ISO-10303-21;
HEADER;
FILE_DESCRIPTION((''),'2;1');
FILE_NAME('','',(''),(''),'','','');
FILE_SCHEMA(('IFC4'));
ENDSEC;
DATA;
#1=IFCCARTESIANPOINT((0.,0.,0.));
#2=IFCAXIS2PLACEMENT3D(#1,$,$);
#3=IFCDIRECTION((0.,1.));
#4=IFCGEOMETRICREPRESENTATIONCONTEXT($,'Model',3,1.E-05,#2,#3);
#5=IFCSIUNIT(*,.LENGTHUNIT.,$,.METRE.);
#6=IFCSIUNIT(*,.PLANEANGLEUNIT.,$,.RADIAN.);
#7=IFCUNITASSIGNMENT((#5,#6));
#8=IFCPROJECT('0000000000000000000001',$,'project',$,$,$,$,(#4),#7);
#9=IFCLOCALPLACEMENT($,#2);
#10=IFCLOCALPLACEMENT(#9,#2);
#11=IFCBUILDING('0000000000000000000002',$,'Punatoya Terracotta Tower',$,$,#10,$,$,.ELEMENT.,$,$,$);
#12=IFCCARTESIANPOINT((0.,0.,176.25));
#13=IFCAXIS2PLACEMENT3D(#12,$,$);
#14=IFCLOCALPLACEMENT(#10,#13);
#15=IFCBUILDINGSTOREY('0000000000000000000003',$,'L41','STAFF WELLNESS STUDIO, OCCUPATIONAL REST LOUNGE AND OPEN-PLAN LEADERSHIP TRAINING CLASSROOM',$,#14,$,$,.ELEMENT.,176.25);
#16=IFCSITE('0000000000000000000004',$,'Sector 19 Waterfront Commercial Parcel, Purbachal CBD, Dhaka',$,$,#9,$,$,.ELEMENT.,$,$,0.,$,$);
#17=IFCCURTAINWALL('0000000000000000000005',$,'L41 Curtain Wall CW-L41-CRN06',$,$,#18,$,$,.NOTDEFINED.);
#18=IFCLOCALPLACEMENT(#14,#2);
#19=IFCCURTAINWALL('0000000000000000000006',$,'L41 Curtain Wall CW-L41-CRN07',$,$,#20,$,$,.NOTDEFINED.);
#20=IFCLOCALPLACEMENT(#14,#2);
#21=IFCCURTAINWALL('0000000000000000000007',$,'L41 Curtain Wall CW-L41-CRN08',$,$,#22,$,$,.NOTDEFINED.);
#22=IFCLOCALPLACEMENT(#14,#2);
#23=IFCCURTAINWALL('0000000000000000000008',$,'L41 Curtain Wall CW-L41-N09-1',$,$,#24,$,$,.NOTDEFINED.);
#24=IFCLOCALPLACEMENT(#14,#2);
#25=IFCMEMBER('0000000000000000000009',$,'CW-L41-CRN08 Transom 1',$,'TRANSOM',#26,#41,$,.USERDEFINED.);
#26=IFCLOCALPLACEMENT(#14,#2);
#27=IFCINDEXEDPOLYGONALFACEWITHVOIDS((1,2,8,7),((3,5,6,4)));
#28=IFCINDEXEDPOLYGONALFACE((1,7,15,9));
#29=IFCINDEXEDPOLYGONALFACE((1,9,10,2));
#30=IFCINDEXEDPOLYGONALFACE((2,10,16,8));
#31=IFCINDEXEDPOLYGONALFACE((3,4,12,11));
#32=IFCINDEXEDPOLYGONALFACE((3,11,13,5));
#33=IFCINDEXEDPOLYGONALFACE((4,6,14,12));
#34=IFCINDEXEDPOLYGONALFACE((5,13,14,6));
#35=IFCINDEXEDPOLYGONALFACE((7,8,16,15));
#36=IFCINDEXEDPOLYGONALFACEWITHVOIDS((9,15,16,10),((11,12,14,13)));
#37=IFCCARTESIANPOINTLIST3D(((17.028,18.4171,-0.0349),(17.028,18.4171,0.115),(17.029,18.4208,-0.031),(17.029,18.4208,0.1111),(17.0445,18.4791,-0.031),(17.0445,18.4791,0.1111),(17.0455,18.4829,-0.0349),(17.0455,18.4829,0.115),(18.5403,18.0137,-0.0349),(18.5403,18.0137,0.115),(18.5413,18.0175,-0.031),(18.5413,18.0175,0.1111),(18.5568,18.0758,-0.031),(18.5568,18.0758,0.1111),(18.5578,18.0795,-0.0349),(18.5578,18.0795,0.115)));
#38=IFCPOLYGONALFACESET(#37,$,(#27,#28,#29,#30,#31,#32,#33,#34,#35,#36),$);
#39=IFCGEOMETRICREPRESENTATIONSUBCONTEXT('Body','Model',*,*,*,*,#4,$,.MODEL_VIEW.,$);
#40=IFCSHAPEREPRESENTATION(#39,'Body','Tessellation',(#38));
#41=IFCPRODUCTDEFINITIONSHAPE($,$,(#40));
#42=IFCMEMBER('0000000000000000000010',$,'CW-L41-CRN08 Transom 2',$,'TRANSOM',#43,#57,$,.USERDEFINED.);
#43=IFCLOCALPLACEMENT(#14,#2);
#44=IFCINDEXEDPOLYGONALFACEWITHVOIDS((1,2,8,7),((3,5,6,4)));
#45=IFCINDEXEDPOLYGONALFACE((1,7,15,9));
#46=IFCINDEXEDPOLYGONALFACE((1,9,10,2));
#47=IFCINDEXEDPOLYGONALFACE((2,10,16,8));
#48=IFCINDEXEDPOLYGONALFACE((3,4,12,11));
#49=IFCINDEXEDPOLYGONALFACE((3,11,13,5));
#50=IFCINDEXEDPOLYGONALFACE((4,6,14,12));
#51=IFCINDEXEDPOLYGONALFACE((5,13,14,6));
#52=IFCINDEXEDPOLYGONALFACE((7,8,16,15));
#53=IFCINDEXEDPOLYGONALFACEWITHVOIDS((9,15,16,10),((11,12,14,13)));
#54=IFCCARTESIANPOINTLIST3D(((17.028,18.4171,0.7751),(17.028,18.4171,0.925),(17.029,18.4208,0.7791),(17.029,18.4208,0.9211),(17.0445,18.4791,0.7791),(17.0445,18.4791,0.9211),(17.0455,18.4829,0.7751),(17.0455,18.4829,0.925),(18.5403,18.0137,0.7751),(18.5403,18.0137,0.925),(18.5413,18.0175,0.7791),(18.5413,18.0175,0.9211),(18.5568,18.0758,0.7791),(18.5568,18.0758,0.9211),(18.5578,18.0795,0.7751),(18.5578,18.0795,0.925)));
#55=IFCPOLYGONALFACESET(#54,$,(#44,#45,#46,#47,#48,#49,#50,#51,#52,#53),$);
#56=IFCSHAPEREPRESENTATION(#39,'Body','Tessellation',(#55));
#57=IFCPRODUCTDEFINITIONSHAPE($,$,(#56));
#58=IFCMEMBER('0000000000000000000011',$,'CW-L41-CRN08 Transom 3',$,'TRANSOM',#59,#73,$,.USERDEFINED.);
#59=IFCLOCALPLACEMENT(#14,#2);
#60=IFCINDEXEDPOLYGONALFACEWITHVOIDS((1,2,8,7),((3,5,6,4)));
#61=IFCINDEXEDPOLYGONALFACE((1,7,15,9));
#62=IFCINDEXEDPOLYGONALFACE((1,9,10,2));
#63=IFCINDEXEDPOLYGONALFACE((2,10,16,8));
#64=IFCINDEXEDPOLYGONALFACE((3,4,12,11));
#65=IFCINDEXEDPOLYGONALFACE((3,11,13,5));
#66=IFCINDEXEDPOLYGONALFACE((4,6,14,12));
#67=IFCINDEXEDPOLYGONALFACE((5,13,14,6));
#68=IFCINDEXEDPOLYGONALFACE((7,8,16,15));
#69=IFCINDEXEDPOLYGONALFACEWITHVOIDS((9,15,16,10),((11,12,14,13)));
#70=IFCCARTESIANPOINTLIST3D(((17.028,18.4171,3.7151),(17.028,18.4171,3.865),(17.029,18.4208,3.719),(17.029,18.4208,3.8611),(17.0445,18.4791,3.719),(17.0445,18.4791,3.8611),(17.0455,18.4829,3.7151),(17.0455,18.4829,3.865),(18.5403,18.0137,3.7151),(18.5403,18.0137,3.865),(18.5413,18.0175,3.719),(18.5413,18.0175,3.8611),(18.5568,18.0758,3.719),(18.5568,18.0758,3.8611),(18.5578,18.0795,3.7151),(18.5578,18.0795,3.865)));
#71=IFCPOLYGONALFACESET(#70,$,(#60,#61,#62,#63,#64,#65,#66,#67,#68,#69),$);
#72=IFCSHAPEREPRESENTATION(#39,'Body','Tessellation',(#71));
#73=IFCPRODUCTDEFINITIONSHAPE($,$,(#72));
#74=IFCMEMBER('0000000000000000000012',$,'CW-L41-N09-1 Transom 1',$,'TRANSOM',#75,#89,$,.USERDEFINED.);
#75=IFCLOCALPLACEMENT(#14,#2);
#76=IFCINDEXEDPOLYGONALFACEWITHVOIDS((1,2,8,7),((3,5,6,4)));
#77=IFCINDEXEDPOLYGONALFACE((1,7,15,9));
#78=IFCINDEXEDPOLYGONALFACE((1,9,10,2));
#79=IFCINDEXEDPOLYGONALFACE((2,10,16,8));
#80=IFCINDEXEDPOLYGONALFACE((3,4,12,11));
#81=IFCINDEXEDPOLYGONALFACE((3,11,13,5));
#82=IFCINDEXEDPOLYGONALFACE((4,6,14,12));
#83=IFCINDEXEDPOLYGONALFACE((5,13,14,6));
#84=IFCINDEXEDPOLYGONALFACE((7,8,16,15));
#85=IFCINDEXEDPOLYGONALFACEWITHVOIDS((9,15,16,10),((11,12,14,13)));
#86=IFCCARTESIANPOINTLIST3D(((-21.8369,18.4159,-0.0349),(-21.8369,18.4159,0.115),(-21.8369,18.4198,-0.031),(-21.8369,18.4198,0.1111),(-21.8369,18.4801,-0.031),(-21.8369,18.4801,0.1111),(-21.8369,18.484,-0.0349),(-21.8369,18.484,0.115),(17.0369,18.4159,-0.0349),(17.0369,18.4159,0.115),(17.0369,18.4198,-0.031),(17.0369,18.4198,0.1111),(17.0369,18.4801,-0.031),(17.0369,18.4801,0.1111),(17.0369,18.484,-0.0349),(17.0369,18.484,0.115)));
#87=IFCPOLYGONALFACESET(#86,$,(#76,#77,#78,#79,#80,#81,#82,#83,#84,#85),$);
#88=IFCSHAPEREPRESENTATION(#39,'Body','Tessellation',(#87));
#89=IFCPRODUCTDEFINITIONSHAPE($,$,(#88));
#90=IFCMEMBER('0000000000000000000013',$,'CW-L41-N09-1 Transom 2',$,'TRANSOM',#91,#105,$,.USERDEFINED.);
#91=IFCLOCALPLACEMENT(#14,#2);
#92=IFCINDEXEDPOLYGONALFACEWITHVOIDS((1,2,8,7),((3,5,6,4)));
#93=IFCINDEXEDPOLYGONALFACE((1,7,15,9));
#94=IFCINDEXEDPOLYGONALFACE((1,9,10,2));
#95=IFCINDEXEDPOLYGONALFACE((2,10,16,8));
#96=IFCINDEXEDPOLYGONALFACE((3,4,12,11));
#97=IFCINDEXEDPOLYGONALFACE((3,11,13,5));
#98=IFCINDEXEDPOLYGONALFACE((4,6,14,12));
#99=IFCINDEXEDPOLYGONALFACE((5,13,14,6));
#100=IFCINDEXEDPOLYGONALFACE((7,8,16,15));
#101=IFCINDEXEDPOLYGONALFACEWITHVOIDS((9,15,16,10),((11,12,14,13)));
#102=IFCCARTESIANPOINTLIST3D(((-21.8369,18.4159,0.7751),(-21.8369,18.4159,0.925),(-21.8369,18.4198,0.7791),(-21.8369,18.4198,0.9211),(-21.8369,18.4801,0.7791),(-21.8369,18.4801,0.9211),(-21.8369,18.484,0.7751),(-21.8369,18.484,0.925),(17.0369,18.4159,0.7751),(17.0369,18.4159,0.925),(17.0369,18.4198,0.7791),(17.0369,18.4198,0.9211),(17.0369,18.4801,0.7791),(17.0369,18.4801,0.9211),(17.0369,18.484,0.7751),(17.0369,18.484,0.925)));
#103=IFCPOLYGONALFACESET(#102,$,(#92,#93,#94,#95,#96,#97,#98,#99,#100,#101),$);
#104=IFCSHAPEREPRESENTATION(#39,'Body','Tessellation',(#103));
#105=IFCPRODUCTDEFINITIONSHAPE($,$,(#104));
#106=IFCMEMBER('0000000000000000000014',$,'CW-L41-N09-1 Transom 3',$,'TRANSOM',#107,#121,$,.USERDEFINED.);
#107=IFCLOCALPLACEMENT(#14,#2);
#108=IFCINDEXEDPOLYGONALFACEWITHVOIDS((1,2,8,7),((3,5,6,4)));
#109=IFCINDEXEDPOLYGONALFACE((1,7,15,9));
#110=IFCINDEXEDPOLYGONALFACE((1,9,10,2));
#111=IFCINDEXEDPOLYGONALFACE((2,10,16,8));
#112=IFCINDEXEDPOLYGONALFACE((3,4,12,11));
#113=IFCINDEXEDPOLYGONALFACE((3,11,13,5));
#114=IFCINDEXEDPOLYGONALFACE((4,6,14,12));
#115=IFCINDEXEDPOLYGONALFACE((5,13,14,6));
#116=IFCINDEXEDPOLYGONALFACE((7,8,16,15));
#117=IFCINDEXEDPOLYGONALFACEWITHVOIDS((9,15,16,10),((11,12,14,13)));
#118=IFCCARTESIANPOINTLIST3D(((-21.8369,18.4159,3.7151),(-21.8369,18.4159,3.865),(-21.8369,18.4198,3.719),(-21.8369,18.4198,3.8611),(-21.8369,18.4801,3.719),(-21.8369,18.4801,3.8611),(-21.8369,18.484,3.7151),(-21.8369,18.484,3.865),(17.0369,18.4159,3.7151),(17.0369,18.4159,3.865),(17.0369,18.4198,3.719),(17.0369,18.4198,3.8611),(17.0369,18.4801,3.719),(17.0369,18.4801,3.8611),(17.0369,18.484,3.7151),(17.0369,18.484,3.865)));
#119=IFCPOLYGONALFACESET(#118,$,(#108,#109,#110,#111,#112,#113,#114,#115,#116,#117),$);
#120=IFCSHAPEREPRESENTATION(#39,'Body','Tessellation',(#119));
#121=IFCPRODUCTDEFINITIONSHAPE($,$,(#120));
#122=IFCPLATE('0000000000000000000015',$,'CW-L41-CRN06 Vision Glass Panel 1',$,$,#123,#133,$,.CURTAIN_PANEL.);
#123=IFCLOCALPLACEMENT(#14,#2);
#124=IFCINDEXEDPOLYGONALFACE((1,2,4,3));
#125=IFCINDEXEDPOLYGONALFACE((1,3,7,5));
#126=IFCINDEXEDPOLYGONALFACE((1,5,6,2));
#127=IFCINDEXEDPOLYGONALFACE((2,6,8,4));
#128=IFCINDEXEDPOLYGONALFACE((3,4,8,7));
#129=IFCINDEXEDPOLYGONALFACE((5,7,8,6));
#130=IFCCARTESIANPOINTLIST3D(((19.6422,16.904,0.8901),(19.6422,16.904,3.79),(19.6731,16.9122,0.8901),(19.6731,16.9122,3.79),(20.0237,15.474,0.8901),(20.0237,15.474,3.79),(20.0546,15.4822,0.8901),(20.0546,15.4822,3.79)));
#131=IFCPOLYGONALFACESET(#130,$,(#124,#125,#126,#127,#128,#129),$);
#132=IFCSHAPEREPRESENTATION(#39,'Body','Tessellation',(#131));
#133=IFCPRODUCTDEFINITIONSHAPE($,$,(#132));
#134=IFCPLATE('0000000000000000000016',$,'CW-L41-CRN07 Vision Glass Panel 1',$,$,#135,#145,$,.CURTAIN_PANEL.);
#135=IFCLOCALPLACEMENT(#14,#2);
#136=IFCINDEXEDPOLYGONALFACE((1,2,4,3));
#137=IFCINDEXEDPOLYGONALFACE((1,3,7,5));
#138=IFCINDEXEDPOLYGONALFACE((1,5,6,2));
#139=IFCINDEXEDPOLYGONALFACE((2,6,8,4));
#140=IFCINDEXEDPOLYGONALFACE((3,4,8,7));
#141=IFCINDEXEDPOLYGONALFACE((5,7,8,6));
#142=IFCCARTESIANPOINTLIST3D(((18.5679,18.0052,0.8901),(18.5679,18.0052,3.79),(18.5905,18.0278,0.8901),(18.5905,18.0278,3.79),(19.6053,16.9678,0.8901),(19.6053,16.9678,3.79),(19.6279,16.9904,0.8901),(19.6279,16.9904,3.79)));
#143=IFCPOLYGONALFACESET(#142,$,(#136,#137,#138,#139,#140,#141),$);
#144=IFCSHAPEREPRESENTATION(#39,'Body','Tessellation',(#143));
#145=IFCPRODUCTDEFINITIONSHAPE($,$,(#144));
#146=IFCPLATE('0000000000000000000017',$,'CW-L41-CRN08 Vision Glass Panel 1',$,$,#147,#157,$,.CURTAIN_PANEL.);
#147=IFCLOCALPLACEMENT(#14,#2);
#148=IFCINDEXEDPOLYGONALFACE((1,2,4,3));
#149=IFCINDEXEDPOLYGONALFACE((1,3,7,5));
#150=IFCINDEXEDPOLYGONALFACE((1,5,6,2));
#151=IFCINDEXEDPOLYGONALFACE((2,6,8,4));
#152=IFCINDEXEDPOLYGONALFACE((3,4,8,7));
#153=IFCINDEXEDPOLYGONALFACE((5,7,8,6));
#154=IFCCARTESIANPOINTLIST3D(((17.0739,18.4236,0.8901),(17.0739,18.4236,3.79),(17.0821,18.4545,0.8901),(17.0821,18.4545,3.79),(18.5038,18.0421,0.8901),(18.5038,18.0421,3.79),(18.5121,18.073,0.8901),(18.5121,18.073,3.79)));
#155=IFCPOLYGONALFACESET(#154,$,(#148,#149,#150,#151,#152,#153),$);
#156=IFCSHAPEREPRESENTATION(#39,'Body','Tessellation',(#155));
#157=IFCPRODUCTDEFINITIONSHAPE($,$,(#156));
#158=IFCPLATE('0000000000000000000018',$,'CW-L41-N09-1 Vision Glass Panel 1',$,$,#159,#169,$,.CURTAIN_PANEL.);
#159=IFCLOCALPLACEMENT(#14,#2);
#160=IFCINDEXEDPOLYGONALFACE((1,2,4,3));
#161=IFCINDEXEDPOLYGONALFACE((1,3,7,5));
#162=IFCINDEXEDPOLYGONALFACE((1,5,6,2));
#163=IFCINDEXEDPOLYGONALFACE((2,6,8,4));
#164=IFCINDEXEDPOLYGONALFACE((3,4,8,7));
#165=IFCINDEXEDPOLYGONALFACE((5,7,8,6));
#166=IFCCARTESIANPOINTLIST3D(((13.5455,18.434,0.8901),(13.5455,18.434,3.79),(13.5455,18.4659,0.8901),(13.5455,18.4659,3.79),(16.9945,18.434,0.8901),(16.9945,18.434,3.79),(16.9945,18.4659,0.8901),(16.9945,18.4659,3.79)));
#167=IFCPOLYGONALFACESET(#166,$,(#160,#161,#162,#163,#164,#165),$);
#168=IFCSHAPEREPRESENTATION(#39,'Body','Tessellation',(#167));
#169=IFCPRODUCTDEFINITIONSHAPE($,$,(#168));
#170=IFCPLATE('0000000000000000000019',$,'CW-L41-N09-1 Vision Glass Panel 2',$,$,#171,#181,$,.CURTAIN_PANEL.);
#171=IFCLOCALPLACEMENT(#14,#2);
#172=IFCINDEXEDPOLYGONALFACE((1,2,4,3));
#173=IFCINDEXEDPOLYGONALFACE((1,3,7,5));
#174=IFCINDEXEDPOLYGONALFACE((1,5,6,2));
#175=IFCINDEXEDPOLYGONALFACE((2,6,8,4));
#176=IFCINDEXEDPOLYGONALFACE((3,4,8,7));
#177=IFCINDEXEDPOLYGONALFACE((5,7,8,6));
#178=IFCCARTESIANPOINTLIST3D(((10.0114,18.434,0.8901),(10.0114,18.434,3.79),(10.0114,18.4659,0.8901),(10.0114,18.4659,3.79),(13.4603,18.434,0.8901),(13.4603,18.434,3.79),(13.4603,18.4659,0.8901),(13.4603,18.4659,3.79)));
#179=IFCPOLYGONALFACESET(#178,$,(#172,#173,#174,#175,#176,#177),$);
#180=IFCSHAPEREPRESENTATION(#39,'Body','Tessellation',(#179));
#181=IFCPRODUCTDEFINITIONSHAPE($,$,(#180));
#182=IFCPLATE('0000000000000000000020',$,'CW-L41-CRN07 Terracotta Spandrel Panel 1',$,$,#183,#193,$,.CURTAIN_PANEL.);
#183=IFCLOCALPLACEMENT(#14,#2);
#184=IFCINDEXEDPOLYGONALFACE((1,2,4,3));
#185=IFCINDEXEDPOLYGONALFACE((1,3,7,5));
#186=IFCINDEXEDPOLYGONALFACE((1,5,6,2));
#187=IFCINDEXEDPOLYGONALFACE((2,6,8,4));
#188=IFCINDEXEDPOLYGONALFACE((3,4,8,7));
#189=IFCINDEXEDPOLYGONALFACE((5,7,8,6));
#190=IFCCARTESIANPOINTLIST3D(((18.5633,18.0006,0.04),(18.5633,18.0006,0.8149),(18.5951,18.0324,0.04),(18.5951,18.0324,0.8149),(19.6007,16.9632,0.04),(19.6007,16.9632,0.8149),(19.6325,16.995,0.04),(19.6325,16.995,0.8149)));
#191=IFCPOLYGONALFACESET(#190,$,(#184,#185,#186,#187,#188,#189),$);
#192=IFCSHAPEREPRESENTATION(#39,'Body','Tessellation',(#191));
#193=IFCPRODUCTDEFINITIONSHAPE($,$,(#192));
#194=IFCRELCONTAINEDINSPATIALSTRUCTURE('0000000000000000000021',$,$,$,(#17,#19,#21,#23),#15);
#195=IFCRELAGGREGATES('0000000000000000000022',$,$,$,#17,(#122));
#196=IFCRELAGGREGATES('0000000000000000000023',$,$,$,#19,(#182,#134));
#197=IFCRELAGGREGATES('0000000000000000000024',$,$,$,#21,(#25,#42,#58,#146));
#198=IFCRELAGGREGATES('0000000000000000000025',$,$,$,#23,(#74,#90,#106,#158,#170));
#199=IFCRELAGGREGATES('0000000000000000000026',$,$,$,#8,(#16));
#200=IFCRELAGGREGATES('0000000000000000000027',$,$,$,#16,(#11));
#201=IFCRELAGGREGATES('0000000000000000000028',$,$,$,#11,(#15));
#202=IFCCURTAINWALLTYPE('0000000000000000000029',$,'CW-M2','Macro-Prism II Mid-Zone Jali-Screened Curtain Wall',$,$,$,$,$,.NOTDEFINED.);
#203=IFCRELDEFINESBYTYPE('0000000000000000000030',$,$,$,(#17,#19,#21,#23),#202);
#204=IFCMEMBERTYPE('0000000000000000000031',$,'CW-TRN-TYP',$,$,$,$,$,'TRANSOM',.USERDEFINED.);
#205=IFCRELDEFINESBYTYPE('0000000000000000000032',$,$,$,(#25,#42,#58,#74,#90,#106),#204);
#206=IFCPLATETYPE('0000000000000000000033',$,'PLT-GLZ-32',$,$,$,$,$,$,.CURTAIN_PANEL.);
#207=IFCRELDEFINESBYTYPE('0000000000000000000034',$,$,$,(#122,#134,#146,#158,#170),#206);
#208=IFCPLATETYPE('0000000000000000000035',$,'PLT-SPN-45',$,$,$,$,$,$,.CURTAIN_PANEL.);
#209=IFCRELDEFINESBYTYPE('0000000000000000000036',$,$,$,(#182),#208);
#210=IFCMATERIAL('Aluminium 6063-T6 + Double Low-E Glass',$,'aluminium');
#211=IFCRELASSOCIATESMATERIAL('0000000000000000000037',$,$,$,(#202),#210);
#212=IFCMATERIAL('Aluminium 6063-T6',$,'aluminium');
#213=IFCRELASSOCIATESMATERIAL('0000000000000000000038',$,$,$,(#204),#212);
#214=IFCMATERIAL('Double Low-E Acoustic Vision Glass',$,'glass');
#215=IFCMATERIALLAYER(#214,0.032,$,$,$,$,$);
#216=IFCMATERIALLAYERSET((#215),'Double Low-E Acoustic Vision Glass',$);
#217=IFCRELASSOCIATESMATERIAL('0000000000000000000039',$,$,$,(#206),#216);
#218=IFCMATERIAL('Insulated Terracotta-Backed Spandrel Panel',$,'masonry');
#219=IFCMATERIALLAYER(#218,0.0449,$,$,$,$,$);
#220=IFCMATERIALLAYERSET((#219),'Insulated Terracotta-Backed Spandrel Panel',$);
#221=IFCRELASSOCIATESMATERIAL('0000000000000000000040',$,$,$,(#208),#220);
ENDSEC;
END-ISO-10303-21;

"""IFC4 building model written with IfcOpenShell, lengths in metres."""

from ifc_helpers import new_model, si_unit, direction, frame, origin, origin_2d, place, context, subcontext, project, spatial, rectangle, hollow_rectangle, extrude, material, layer, layer_set, material_profile, profile_set, type_object, element, aggregate, save


model = new_model("IFC4")

# Units and contexts
model_context = context("Model", 3, precision=1e-05, world=origin(), true_north=direction((0.0, 1.0)))
body_context = subcontext(model_context, "Body", "Model", "MODEL_VIEW")
ifc_project = project(units=[si_unit("LENGTHUNIT", "METRE"), si_unit("PLANEANGLEUNIT", "RADIAN")], contexts=[model_context])

# Site, building, storey
site_placement = place(None, origin())
site = spatial("IfcSite", under=ifc_project, at=site_placement, Name="Sector 19 Waterfront Commercial Parcel, Purbachal CBD, Dhaka", CompositionType="ELEMENT", RefElevation=0.0)
building_placement = place(site_placement, origin())
building = spatial("IfcBuilding", under=site, at=building_placement, Name="Punatoya Terracotta Tower", CompositionType="ELEMENT")
storey_placement = place(building_placement, frame((0.0, 0.0, 176.25)))
storey = spatial("IfcBuildingStorey", under=building, at=storey_placement, Name="L41", Description="STAFF WELLNESS STUDIO, OCCUPATIONAL REST LOUNGE AND OPEN-PLAN LEADERSHIP TRAINING CLASSROOM", CompositionType="ELEMENT", Elevation=176.25)

# Curtain wall
ifc_material_1 = material(Name="Aluminium 6063-T6 + Double Low-E Glass", Category="aluminium")
curtain_wall_type = type_object("IfcCurtainWallType", Name="CW-M2", Description="Macro-Prism II Mid-Zone Jali-Screened Curtain Wall", PredefinedType="NOTDEFINED", material=ifc_material_1)
curtain_wall_1_placement = place(storey_placement, origin())
curtain_wall_1 = element("IfcCurtainWall", 1, at=curtain_wall_1_placement, inside=storey, type_object=curtain_wall_type, Name="L41 Curtain Wall CW-L41-CRN06", PredefinedType="NOTDEFINED")
ifc_material_2 = material(Name="Aluminium 6063-T6", Category="aluminium")

# Curtain walls
curtain_wall_2_placement = place(storey_placement, origin())
curtain_wall_2 = element("IfcCurtainWall", 2, at=curtain_wall_2_placement, inside=storey, type_object=curtain_wall_type, Name="L41 Curtain Wall CW-L41-CRN07", PredefinedType="NOTDEFINED")
curtain_wall_3_placement = place(storey_placement, origin())
curtain_wall_3 = element("IfcCurtainWall", 3, at=curtain_wall_3_placement, inside=storey, type_object=curtain_wall_type, Name="L41 Curtain Wall CW-L41-CRN08", PredefinedType="NOTDEFINED")
curtain_wall_4_placement = place(storey_placement, origin())
curtain_wall_4 = element("IfcCurtainWall", 4, at=curtain_wall_4_placement, inside=storey, type_object=curtain_wall_type, Name="L41 Curtain Wall CW-L41-N09-1", PredefinedType="NOTDEFINED")

# Members
ifc_material_profile_1 = material_profile(ifc_material_2, hollow_rectangle(XDim=0.0681, YDim=0.1499, WallThickness=0.0039, at=origin_2d()))
ifc_profile_set_1 = profile_set([ifc_material_profile_1], Name="Aluminium 6063-T6")
member_type_1 = type_object("IfcMemberType", Name="CW-TRN-TYP", ElementType="TRANSOM", PredefinedType="USERDEFINED", material=ifc_profile_set_1)
member_1_placement = place(storey_placement, frame((18.5491, 18.0466, 0.04), z_axis=(-0.966225, 0.257701, 0.0), x_axis=(-0.257701, -0.966225, 0.0)))
member_1 = element("IfcMember", 5, at=member_1_placement, type_object=member_type_1, Name="CW-L41-CRN08 Transom 1", ObjectType="TRANSOM", PredefinedType="USERDEFINED", context=body_context, shape_type="SweptSolid", body=[
    extrude(hollow_rectangle(XDim=0.0681, YDim=0.1499, WallThickness=0.0039, at=origin_2d()), origin(), (0.0, 0.0, 1.0), 1.5652),
])
member_2_placement = place(storey_placement, frame((18.5491, 18.0466, 0.8501), z_axis=(-0.966225, 0.257701, 0.0), x_axis=(-0.257701, -0.966225, 0.0)))
member_2 = element("IfcMember", 6, at=member_2_placement, type_object=member_type_1, Name="CW-L41-CRN08 Transom 2", ObjectType="TRANSOM", PredefinedType="USERDEFINED", context=body_context, shape_type="SweptSolid", body=[
    extrude(hollow_rectangle(XDim=0.0681, YDim=0.1499, WallThickness=0.0039, at=origin_2d()), origin(), (0.0, 0.0, 1.0), 1.5652),
])
member_3_placement = place(storey_placement, frame((18.5491, 18.0466, 3.79), z_axis=(-0.966225, 0.257701, 0.0), x_axis=(-0.257701, -0.966225, 0.0)))
member_3 = element("IfcMember", 7, at=member_3_placement, type_object=member_type_1, Name="CW-L41-CRN08 Transom 3", ObjectType="TRANSOM", PredefinedType="USERDEFINED", context=body_context, shape_type="SweptSolid", body=[
    extrude(hollow_rectangle(XDim=0.0681, YDim=0.1499, WallThickness=0.0039, at=origin_2d()), origin(), (0.0, 0.0, 1.0), 1.5652),
])
member_4_placement = place(storey_placement, frame((17.0369, 18.45, 0.04), z_axis=(-1.0, 0.0, 0.0), x_axis=(0.0, -1.0, 0.0)))
member_4 = element("IfcMember", 8, at=member_4_placement, type_object=member_type_1, Name="CW-L41-N09-1 Transom 1", ObjectType="TRANSOM", PredefinedType="USERDEFINED", context=body_context, shape_type="SweptSolid", body=[
    extrude(hollow_rectangle(XDim=0.0681, YDim=0.1499, WallThickness=0.0039, at=origin_2d()), origin(), (0.0, 0.0, 1.0), 38.8738),
])
member_5_placement = place(storey_placement, frame((17.0369, 18.45, 0.8501), z_axis=(-1.0, 0.0, 0.0), x_axis=(0.0, -1.0, 0.0)))
member_5 = element("IfcMember", 9, at=member_5_placement, type_object=member_type_1, Name="CW-L41-N09-1 Transom 2", ObjectType="TRANSOM", PredefinedType="USERDEFINED", context=body_context, shape_type="SweptSolid", body=[
    extrude(hollow_rectangle(XDim=0.0681, YDim=0.1499, WallThickness=0.0039, at=origin_2d()), origin(), (0.0, 0.0, 1.0), 38.8738),
])
member_6_placement = place(storey_placement, frame((17.0369, 18.45, 3.79), z_axis=(-1.0, 0.0, 0.0), x_axis=(0.0, -1.0, 0.0)))
member_6 = element("IfcMember", 10, at=member_6_placement, type_object=member_type_1, Name="CW-L41-N09-1 Transom 3", ObjectType="TRANSOM", PredefinedType="USERDEFINED", context=body_context, shape_type="SweptSolid", body=[
    extrude(hollow_rectangle(XDim=0.0681, YDim=0.1499, WallThickness=0.0039, at=origin_2d()), origin(), (0.0, 0.0, 1.0), 38.8738),
])

# Plates
ifc_material_3 = material(Name="Double Low-E Acoustic Vision Glass", Category="glass")
ifc_layer_1 = layer(ifc_material_3, 0.032)
ifc_layer_set_1 = layer_set([ifc_layer_1], Name="Double Low-E Acoustic Vision Glass")
plate_type_1 = type_object("IfcPlateType", Name="PLT-GLZ-32", PredefinedType="CURTAIN_PANEL", material=ifc_layer_set_1)
plate_1_placement = place(storey_placement, frame((19.8484, 16.1931, 0.8901), z_axis=(0.0, 0.0, 1.0), x_axis=(-0.257742, 0.966214, 0.0)))
plate_1 = element("IfcPlate", 11, at=plate_1_placement, type_object=plate_type_1, Name="CW-L41-CRN06 Vision Glass Panel 1", PredefinedType="CURTAIN_PANEL", context=body_context, shape_type="SweptSolid", body=[
    extrude(rectangle(XDim=1.48, YDim=0.032, at=origin_2d()), origin(), (0.0, 0.0, 1.0), 2.8999),
])
aggregate(curtain_wall_1, [plate_1])
plate_2_placement = place(storey_placement, frame((19.0979, 17.4978, 0.8901), z_axis=(0.0, 0.0, 1.0), x_axis=(-0.707107, 0.707107, 0.0)))
plate_2 = element("IfcPlate", 12, at=plate_2_placement, type_object=plate_type_1, Name="CW-L41-CRN07 Vision Glass Panel 1", PredefinedType="CURTAIN_PANEL", context=body_context, shape_type="SweptSolid", body=[
    extrude(rectangle(XDim=1.467, YDim=0.032, at=origin_2d()), origin(), (0.0, 0.0, 1.0), 2.8999),
])
plate_3_placement = place(storey_placement, frame((17.793, 18.2483, 0.8901), z_axis=(0.0, 0.0, 1.0), x_axis=(-0.966214, 0.257742, 0.0)))
plate_3 = element("IfcPlate", 13, at=plate_3_placement, type_object=plate_type_1, Name="CW-L41-CRN08 Vision Glass Panel 1", PredefinedType="CURTAIN_PANEL", context=body_context, shape_type="SweptSolid", body=[
    extrude(rectangle(XDim=1.48, YDim=0.032, at=origin_2d()), origin(), (0.0, 0.0, 1.0), 2.8999),
])
plate_4_placement = place(storey_placement, frame((15.27, 18.45, 0.8901), z_axis=(0.0, 0.0, 1.0), x_axis=(-1.0, 0.0, 0.0)))
plate_4 = element("IfcPlate", 14, at=plate_4_placement, type_object=plate_type_1, Name="CW-L41-N09-1 Vision Glass Panel 1", PredefinedType="CURTAIN_PANEL", context=body_context, shape_type="SweptSolid", body=[
    extrude(rectangle(XDim=3.449, YDim=0.032, at=origin_2d()), origin(), (0.0, 0.0, 1.0), 2.8999),
])
plate_5_placement = place(storey_placement, frame((11.7358, 18.45, 0.8901), z_axis=(0.0, 0.0, 1.0), x_axis=(-1.0, 0.0, 0.0)))
plate_5 = element("IfcPlate", 15, at=plate_5_placement, type_object=plate_type_1, Name="CW-L41-N09-1 Vision Glass Panel 2", PredefinedType="CURTAIN_PANEL", context=body_context, shape_type="SweptSolid", body=[
    extrude(rectangle(XDim=3.449, YDim=0.032, at=origin_2d()), origin(), (0.0, 0.0, 1.0), 2.8999),
])
ifc_material_4 = material(Name="Insulated Terracotta-Backed Spandrel Panel", Category="masonry")
ifc_layer_2 = layer(ifc_material_4, 0.0449)
ifc_layer_set_2 = layer_set([ifc_layer_2], Name="Insulated Terracotta-Backed Spandrel Panel")
plate_type_2 = type_object("IfcPlateType", Name="PLT-SPN-45", PredefinedType="CURTAIN_PANEL", material=ifc_layer_set_2)
plate_6_placement = place(storey_placement, frame((19.0979, 17.4978, 0.04), z_axis=(0.0, 0.0, 1.0), x_axis=(-0.707107, 0.707107, 0.0)))
plate_6 = element("IfcPlate", 16, at=plate_6_placement, type_object=plate_type_2, Name="CW-L41-CRN07 Terracotta Spandrel Panel 1", PredefinedType="CURTAIN_PANEL", context=body_context, shape_type="SweptSolid", body=[
    extrude(rectangle(XDim=1.467, YDim=0.0449, at=origin_2d()), origin(), (0.0, 0.0, 1.0), 0.7749),
])
aggregate(curtain_wall_2, [plate_6, plate_2])
aggregate(curtain_wall_3, [member_1, member_2, member_3, plate_3])
aggregate(curtain_wall_4, [member_4, member_5, member_6, plate_4, plate_5])

save(model, "model.ifc")
